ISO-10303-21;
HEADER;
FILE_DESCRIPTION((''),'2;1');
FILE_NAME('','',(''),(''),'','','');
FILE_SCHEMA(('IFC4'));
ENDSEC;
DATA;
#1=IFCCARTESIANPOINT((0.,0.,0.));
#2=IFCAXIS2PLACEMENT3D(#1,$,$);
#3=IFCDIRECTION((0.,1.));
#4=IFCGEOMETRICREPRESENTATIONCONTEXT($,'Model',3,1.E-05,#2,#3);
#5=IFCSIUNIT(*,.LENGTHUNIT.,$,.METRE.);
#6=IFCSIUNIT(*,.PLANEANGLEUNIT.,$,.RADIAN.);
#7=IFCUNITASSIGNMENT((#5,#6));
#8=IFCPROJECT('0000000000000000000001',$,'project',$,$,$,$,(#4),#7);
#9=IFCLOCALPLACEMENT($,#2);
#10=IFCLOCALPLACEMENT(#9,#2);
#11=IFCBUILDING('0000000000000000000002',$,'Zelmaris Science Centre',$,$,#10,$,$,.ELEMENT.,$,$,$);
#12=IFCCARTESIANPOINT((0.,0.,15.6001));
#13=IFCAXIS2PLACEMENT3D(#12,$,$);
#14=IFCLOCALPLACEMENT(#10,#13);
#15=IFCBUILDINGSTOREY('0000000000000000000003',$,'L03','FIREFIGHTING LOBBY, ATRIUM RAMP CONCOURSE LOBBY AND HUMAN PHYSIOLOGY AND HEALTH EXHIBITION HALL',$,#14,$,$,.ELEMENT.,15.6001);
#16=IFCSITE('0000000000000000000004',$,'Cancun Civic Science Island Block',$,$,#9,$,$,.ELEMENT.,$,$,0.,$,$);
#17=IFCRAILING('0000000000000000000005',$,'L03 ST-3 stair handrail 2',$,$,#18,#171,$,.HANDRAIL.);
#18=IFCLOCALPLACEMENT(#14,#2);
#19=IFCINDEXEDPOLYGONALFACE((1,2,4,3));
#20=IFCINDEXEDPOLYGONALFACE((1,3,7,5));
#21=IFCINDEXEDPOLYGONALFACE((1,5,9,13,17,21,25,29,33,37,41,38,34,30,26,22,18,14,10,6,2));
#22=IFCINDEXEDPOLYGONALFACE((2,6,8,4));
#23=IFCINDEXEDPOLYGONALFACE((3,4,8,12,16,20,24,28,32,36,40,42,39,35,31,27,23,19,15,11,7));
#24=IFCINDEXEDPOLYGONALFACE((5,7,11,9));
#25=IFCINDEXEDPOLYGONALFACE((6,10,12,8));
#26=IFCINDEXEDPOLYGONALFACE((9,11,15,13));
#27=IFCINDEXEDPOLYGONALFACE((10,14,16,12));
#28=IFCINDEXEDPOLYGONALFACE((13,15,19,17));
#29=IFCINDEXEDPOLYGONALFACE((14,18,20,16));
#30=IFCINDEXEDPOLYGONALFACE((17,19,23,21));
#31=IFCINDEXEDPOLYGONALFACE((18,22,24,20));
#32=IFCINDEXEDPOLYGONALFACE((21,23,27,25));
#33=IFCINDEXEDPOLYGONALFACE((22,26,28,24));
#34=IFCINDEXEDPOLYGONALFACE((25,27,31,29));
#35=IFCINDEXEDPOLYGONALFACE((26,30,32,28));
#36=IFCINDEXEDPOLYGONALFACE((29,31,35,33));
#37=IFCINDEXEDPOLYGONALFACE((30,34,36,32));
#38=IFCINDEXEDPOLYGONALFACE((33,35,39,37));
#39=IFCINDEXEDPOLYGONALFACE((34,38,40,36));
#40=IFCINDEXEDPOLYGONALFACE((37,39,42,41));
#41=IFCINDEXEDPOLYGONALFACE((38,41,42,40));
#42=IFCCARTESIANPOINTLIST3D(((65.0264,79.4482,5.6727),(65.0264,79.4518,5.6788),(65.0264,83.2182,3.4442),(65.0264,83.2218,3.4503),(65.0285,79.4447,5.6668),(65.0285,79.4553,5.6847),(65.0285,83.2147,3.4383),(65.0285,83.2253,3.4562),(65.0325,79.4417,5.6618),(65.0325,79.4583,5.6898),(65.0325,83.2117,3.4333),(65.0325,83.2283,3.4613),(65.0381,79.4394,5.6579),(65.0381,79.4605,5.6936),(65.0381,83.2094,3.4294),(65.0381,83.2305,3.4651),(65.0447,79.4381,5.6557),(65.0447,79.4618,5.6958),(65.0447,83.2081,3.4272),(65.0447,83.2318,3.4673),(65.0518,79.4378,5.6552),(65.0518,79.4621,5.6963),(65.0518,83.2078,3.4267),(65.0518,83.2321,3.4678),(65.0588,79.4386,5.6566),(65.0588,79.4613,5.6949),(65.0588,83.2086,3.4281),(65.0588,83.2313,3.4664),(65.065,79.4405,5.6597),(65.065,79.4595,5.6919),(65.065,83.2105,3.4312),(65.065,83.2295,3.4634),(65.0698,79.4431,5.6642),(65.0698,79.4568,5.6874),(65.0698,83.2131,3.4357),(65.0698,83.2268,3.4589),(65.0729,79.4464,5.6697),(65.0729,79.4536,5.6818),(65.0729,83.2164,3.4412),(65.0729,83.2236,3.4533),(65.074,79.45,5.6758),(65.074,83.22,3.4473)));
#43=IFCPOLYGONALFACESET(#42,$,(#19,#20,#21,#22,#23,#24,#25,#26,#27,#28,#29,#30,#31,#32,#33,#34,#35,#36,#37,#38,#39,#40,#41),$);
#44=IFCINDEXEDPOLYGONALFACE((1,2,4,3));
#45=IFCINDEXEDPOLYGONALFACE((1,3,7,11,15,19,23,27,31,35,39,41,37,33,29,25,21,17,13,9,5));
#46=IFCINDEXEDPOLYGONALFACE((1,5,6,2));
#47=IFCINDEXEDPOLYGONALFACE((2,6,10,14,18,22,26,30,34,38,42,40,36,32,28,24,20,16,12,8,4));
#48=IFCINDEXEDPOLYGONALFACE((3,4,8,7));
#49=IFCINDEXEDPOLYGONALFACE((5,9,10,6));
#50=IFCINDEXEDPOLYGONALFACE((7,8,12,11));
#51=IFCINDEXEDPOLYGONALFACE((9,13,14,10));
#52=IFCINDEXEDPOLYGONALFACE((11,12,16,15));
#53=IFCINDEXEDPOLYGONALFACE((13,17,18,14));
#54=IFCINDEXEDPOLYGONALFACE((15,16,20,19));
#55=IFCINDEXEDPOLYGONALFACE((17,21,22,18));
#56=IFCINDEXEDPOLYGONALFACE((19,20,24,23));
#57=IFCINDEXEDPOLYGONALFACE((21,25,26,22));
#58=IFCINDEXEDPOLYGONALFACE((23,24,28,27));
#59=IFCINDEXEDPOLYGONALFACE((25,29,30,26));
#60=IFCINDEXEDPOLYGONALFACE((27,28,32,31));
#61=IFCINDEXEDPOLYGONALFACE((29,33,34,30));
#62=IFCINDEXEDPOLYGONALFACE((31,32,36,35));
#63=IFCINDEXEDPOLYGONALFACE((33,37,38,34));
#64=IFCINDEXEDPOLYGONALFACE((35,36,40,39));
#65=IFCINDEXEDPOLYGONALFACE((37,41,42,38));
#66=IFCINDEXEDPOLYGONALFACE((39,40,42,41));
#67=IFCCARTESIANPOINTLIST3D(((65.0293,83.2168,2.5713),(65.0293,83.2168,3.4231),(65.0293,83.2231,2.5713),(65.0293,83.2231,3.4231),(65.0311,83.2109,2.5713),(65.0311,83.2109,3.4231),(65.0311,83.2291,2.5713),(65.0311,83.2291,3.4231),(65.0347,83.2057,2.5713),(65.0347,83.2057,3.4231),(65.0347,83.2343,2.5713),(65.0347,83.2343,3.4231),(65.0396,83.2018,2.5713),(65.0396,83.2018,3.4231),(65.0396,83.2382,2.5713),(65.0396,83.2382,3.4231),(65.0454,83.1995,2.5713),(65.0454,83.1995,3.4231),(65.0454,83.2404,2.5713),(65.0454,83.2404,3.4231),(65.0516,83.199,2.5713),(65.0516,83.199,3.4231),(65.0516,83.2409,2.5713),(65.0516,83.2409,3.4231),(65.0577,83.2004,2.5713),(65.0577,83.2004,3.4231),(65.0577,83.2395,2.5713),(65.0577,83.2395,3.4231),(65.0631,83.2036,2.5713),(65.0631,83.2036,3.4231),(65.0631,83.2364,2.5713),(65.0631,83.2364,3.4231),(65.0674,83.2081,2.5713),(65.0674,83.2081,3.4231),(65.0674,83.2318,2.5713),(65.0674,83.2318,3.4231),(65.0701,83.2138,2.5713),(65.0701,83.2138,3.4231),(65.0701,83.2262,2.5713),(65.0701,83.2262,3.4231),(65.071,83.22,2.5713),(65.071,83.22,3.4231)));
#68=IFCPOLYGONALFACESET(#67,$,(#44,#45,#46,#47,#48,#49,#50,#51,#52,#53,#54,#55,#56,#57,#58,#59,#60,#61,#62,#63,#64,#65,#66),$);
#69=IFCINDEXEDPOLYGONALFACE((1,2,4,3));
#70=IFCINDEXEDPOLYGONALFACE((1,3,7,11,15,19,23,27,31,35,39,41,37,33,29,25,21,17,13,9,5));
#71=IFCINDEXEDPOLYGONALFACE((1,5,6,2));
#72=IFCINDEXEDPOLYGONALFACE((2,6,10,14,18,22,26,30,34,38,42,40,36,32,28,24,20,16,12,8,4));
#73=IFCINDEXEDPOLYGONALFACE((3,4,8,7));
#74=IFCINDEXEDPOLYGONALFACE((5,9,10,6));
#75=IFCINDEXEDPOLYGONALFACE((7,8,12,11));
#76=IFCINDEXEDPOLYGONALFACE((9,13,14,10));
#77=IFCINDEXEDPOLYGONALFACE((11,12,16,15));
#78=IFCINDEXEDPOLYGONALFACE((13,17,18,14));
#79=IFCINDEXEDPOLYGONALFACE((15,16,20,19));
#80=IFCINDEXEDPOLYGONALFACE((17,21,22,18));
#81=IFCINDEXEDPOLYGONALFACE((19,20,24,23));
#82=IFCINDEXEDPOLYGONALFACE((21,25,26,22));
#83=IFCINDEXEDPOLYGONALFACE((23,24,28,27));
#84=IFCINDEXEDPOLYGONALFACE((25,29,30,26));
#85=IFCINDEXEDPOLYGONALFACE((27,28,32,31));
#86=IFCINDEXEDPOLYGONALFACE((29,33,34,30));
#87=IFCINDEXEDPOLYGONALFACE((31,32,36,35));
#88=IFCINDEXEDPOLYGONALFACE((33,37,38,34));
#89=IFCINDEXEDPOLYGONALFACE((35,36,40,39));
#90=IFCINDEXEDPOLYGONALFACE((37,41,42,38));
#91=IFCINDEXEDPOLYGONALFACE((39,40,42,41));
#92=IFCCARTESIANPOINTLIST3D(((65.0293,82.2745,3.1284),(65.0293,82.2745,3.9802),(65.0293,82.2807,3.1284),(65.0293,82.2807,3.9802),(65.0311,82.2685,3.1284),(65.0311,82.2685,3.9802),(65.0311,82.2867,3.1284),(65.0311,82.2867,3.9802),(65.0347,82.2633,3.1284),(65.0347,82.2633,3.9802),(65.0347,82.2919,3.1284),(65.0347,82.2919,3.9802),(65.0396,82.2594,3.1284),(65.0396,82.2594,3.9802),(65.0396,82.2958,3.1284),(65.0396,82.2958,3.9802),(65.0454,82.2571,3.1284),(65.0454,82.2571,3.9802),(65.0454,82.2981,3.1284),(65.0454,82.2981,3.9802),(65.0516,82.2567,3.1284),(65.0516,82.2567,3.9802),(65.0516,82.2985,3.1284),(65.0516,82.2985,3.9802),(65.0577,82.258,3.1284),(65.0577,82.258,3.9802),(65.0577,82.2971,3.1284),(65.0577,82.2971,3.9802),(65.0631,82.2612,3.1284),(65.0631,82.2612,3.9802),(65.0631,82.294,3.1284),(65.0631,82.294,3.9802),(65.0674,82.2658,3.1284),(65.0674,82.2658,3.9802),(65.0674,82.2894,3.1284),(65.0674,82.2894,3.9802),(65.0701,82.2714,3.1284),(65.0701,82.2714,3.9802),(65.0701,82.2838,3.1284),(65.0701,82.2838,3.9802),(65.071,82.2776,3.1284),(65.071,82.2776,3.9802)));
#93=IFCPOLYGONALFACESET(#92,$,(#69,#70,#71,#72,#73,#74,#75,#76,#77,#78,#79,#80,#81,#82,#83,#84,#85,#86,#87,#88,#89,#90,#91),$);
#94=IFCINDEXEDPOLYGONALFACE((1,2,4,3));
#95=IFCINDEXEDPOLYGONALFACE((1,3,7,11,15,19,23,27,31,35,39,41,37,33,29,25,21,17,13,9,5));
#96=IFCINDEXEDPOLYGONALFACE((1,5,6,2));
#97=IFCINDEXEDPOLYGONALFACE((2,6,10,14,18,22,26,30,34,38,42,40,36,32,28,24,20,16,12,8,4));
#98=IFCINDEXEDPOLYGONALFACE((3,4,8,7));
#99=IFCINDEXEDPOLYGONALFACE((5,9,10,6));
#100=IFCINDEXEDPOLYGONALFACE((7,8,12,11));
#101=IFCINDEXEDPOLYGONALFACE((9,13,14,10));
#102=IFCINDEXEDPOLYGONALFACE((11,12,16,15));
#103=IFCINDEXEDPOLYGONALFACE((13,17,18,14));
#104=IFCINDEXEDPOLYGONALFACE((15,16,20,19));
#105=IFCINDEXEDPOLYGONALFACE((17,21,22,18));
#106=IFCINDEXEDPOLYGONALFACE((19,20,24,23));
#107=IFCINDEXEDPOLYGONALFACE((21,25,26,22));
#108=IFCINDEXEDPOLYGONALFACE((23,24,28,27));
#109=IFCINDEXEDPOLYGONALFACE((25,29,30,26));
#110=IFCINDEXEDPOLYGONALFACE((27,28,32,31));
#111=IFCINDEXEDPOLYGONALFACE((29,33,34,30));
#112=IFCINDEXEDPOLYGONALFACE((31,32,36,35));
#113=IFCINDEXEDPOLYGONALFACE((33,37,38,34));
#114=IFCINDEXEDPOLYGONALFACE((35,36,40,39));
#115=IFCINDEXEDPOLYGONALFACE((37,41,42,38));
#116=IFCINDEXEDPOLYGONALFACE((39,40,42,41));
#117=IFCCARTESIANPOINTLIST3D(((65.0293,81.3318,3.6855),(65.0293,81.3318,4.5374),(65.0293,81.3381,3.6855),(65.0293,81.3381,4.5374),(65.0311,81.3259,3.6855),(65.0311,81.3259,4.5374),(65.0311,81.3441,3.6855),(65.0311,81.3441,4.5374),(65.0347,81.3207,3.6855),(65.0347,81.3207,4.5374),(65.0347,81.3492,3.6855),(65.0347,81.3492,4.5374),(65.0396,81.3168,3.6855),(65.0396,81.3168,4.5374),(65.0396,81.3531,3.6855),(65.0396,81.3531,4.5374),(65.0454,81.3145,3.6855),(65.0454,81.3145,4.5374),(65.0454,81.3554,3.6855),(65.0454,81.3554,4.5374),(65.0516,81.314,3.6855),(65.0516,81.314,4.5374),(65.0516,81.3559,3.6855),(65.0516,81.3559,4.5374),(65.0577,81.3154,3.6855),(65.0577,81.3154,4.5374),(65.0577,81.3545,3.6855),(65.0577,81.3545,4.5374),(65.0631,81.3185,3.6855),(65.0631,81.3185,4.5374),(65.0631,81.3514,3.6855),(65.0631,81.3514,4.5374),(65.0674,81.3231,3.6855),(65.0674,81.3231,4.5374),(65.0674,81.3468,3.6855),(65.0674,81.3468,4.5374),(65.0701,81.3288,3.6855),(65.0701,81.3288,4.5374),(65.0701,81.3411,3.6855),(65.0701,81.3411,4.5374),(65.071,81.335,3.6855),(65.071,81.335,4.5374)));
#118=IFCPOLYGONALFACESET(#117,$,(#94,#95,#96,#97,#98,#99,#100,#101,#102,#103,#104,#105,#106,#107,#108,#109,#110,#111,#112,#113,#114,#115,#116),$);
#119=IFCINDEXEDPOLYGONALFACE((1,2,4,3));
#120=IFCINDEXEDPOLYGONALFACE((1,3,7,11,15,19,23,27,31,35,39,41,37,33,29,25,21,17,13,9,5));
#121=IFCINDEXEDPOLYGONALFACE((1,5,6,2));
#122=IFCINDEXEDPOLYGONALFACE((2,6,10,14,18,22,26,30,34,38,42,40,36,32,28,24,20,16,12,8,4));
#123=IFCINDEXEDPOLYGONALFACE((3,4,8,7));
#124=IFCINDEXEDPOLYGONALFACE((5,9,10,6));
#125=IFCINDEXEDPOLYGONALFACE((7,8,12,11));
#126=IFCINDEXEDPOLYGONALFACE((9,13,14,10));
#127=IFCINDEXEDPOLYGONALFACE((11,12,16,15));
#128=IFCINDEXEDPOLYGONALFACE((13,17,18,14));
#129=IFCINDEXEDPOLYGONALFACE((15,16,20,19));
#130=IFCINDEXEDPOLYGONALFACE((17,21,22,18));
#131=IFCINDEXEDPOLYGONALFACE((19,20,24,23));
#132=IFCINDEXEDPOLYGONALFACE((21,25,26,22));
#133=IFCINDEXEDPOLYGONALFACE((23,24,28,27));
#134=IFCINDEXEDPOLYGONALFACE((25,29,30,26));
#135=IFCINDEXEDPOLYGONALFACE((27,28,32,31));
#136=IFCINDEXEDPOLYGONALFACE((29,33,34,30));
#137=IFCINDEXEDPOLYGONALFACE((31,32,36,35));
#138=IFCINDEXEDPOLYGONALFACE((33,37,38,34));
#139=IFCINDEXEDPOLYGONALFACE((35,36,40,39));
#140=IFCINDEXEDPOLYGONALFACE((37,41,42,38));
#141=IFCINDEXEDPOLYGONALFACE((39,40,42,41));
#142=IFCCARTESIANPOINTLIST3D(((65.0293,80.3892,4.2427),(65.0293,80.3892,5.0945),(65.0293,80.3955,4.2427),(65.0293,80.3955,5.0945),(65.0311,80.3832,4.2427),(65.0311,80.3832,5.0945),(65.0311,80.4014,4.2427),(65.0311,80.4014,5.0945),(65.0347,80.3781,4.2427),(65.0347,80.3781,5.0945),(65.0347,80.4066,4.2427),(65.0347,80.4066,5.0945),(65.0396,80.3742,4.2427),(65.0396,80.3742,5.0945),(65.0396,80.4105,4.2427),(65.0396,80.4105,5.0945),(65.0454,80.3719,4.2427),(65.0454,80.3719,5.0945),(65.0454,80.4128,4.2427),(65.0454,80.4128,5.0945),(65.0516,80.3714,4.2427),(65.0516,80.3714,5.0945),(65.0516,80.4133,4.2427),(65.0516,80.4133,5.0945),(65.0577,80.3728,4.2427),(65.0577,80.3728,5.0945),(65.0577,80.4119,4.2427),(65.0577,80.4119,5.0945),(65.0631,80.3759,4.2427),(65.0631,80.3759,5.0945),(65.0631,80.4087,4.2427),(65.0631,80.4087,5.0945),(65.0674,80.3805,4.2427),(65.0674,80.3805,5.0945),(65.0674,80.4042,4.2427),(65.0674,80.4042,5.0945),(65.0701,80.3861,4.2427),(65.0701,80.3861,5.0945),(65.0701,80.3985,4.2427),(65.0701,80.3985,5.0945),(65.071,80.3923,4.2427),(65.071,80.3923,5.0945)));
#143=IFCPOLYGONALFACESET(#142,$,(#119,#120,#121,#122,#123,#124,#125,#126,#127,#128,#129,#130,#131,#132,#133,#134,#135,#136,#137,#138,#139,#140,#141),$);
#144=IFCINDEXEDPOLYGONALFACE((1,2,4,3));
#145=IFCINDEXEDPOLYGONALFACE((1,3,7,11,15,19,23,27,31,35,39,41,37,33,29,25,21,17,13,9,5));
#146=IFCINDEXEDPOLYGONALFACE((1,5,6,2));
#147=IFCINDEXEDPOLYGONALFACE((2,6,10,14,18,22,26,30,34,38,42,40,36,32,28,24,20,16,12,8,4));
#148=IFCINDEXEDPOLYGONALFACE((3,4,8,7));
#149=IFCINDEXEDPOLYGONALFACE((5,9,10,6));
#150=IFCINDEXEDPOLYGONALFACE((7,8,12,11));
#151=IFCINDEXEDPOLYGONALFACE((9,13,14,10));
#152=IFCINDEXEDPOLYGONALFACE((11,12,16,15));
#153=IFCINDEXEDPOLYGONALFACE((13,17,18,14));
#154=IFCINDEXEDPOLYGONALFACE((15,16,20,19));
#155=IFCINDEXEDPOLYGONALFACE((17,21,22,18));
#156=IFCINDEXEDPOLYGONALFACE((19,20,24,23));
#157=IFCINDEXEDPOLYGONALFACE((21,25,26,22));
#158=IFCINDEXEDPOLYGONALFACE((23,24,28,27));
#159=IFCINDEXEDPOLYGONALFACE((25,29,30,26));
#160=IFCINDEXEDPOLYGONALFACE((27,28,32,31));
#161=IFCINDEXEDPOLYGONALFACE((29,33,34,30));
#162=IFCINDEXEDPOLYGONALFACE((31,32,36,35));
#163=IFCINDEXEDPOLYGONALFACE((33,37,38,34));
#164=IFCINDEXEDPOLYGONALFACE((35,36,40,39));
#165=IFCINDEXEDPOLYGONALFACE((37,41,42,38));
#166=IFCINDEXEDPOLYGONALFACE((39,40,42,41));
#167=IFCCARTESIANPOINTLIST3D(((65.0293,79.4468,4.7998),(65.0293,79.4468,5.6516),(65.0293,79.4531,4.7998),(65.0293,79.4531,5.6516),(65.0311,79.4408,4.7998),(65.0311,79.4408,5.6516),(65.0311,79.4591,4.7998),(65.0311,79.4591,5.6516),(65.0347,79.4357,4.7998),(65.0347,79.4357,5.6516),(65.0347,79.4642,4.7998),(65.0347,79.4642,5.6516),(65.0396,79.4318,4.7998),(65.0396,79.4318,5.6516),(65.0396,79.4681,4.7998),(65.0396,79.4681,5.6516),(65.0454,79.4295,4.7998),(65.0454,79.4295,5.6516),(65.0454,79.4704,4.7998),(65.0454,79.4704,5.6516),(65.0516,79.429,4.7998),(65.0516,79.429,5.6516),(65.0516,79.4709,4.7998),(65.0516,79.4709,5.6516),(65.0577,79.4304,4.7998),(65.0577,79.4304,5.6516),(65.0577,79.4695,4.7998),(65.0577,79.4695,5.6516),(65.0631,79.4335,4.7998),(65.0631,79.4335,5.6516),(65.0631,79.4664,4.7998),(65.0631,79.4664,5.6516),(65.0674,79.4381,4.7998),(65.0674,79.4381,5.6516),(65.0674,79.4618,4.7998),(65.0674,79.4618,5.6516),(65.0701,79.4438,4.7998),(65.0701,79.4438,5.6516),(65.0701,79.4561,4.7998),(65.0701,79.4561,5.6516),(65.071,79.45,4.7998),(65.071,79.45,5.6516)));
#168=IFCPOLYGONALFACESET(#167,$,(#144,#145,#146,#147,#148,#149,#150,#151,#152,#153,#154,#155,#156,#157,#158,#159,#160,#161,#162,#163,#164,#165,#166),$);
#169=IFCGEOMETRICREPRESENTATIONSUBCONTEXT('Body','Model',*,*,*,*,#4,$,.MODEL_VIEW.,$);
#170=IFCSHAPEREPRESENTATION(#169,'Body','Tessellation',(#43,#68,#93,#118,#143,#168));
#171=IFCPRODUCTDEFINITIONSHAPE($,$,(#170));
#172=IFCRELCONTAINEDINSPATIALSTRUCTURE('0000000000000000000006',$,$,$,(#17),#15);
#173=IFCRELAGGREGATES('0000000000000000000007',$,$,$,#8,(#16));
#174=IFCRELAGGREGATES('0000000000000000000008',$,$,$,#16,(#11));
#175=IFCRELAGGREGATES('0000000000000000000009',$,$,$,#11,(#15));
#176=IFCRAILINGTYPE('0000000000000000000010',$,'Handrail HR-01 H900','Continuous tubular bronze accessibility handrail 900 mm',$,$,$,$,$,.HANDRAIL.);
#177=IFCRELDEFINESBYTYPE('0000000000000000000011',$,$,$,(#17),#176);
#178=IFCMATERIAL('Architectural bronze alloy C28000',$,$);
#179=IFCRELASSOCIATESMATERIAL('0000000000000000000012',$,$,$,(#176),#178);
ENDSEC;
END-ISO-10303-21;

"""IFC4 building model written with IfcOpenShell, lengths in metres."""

from ifc_helpers import new_model, si_unit, direction, frame, origin, origin_2d, place, context, subcontext, project, spatial, circle, extrude, material, type_object, element, save


model = new_model("IFC4")

# Units and contexts
model_context = context("Model", 3, precision=1e-05, world=origin(), true_north=direction((0.0, 1.0)))
body_context = subcontext(model_context, "Body", "Model", "MODEL_VIEW")
ifc_project = project(units=[si_unit("LENGTHUNIT", "METRE"), si_unit("PLANEANGLEUNIT", "RADIAN")], contexts=[model_context])

# Site, building, storey
site_placement = place(None, origin())
site = spatial("IfcSite", under=ifc_project, at=site_placement, Name="Cancun Civic Science Island Block", CompositionType="ELEMENT", RefElevation=0.0)
building_placement = place(site_placement, origin())
building = spatial("IfcBuilding", under=site, at=building_placement, Name="Zelmaris Science Centre", CompositionType="ELEMENT")
storey_placement = place(building_placement, frame((0.0, 0.0, 15.6001)))
storey = spatial("IfcBuildingStorey", under=building, at=storey_placement, Name="L03", Description="FIREFIGHTING LOBBY, ATRIUM RAMP CONCOURSE LOBBY AND HUMAN PHYSIOLOGY AND HEALTH EXHIBITION HALL", CompositionType="ELEMENT", Elevation=15.6001)

# Railing
ifc_material_1 = material(Name="Architectural bronze alloy C28000")
railing_type_1 = type_object("IfcRailingType", Name="Handrail HR-01 H900", Description="Continuous tubular bronze accessibility handrail 900 mm", PredefinedType="HANDRAIL", material=ifc_material_1)
railing_1_placement = place(storey_placement, frame((65.05, 83.22, 2.5713)))
element("IfcRailing", 1, at=railing_1_placement, inside=storey, type_object=railing_type_1, Name="L03 ST-3 stair handrail 2", PredefinedType="HANDRAIL", context=body_context, shape_type="SweptSolid", body=[
    extrude(circle(Radius=0.0239, at=origin_2d()), frame((0.0, 0.0, 0.876), z_axis=(0.0, -0.860849, 0.508861), x_axis=(1.0, 0.0, 0.0)), (0.0, 0.0, 1.0), 4.3794),
    extrude(circle(Radius=0.021, at=origin_2d()), origin(), (0.0, 0.0, 1.0), 0.8518),
    extrude(circle(Radius=0.021, at=origin_2d()), frame((0.0, -0.9424, 0.5571)), (0.0, 0.0, 1.0), 0.8518),
    extrude(circle(Radius=0.021, at=origin_2d()), frame((0.0, -1.885, 1.1143)), (0.0, 0.0, 1.0), 0.8518),
    extrude(circle(Radius=0.021, at=origin_2d()), frame((0.0, -2.8276, 1.6714)), (0.0, 0.0, 1.0), 0.8518),
    extrude(circle(Radius=0.021, at=origin_2d()), frame((0.0, -3.77, 2.2285)), (0.0, 0.0, 1.0), 0.8518),
])

save(model, "model.ifc")
